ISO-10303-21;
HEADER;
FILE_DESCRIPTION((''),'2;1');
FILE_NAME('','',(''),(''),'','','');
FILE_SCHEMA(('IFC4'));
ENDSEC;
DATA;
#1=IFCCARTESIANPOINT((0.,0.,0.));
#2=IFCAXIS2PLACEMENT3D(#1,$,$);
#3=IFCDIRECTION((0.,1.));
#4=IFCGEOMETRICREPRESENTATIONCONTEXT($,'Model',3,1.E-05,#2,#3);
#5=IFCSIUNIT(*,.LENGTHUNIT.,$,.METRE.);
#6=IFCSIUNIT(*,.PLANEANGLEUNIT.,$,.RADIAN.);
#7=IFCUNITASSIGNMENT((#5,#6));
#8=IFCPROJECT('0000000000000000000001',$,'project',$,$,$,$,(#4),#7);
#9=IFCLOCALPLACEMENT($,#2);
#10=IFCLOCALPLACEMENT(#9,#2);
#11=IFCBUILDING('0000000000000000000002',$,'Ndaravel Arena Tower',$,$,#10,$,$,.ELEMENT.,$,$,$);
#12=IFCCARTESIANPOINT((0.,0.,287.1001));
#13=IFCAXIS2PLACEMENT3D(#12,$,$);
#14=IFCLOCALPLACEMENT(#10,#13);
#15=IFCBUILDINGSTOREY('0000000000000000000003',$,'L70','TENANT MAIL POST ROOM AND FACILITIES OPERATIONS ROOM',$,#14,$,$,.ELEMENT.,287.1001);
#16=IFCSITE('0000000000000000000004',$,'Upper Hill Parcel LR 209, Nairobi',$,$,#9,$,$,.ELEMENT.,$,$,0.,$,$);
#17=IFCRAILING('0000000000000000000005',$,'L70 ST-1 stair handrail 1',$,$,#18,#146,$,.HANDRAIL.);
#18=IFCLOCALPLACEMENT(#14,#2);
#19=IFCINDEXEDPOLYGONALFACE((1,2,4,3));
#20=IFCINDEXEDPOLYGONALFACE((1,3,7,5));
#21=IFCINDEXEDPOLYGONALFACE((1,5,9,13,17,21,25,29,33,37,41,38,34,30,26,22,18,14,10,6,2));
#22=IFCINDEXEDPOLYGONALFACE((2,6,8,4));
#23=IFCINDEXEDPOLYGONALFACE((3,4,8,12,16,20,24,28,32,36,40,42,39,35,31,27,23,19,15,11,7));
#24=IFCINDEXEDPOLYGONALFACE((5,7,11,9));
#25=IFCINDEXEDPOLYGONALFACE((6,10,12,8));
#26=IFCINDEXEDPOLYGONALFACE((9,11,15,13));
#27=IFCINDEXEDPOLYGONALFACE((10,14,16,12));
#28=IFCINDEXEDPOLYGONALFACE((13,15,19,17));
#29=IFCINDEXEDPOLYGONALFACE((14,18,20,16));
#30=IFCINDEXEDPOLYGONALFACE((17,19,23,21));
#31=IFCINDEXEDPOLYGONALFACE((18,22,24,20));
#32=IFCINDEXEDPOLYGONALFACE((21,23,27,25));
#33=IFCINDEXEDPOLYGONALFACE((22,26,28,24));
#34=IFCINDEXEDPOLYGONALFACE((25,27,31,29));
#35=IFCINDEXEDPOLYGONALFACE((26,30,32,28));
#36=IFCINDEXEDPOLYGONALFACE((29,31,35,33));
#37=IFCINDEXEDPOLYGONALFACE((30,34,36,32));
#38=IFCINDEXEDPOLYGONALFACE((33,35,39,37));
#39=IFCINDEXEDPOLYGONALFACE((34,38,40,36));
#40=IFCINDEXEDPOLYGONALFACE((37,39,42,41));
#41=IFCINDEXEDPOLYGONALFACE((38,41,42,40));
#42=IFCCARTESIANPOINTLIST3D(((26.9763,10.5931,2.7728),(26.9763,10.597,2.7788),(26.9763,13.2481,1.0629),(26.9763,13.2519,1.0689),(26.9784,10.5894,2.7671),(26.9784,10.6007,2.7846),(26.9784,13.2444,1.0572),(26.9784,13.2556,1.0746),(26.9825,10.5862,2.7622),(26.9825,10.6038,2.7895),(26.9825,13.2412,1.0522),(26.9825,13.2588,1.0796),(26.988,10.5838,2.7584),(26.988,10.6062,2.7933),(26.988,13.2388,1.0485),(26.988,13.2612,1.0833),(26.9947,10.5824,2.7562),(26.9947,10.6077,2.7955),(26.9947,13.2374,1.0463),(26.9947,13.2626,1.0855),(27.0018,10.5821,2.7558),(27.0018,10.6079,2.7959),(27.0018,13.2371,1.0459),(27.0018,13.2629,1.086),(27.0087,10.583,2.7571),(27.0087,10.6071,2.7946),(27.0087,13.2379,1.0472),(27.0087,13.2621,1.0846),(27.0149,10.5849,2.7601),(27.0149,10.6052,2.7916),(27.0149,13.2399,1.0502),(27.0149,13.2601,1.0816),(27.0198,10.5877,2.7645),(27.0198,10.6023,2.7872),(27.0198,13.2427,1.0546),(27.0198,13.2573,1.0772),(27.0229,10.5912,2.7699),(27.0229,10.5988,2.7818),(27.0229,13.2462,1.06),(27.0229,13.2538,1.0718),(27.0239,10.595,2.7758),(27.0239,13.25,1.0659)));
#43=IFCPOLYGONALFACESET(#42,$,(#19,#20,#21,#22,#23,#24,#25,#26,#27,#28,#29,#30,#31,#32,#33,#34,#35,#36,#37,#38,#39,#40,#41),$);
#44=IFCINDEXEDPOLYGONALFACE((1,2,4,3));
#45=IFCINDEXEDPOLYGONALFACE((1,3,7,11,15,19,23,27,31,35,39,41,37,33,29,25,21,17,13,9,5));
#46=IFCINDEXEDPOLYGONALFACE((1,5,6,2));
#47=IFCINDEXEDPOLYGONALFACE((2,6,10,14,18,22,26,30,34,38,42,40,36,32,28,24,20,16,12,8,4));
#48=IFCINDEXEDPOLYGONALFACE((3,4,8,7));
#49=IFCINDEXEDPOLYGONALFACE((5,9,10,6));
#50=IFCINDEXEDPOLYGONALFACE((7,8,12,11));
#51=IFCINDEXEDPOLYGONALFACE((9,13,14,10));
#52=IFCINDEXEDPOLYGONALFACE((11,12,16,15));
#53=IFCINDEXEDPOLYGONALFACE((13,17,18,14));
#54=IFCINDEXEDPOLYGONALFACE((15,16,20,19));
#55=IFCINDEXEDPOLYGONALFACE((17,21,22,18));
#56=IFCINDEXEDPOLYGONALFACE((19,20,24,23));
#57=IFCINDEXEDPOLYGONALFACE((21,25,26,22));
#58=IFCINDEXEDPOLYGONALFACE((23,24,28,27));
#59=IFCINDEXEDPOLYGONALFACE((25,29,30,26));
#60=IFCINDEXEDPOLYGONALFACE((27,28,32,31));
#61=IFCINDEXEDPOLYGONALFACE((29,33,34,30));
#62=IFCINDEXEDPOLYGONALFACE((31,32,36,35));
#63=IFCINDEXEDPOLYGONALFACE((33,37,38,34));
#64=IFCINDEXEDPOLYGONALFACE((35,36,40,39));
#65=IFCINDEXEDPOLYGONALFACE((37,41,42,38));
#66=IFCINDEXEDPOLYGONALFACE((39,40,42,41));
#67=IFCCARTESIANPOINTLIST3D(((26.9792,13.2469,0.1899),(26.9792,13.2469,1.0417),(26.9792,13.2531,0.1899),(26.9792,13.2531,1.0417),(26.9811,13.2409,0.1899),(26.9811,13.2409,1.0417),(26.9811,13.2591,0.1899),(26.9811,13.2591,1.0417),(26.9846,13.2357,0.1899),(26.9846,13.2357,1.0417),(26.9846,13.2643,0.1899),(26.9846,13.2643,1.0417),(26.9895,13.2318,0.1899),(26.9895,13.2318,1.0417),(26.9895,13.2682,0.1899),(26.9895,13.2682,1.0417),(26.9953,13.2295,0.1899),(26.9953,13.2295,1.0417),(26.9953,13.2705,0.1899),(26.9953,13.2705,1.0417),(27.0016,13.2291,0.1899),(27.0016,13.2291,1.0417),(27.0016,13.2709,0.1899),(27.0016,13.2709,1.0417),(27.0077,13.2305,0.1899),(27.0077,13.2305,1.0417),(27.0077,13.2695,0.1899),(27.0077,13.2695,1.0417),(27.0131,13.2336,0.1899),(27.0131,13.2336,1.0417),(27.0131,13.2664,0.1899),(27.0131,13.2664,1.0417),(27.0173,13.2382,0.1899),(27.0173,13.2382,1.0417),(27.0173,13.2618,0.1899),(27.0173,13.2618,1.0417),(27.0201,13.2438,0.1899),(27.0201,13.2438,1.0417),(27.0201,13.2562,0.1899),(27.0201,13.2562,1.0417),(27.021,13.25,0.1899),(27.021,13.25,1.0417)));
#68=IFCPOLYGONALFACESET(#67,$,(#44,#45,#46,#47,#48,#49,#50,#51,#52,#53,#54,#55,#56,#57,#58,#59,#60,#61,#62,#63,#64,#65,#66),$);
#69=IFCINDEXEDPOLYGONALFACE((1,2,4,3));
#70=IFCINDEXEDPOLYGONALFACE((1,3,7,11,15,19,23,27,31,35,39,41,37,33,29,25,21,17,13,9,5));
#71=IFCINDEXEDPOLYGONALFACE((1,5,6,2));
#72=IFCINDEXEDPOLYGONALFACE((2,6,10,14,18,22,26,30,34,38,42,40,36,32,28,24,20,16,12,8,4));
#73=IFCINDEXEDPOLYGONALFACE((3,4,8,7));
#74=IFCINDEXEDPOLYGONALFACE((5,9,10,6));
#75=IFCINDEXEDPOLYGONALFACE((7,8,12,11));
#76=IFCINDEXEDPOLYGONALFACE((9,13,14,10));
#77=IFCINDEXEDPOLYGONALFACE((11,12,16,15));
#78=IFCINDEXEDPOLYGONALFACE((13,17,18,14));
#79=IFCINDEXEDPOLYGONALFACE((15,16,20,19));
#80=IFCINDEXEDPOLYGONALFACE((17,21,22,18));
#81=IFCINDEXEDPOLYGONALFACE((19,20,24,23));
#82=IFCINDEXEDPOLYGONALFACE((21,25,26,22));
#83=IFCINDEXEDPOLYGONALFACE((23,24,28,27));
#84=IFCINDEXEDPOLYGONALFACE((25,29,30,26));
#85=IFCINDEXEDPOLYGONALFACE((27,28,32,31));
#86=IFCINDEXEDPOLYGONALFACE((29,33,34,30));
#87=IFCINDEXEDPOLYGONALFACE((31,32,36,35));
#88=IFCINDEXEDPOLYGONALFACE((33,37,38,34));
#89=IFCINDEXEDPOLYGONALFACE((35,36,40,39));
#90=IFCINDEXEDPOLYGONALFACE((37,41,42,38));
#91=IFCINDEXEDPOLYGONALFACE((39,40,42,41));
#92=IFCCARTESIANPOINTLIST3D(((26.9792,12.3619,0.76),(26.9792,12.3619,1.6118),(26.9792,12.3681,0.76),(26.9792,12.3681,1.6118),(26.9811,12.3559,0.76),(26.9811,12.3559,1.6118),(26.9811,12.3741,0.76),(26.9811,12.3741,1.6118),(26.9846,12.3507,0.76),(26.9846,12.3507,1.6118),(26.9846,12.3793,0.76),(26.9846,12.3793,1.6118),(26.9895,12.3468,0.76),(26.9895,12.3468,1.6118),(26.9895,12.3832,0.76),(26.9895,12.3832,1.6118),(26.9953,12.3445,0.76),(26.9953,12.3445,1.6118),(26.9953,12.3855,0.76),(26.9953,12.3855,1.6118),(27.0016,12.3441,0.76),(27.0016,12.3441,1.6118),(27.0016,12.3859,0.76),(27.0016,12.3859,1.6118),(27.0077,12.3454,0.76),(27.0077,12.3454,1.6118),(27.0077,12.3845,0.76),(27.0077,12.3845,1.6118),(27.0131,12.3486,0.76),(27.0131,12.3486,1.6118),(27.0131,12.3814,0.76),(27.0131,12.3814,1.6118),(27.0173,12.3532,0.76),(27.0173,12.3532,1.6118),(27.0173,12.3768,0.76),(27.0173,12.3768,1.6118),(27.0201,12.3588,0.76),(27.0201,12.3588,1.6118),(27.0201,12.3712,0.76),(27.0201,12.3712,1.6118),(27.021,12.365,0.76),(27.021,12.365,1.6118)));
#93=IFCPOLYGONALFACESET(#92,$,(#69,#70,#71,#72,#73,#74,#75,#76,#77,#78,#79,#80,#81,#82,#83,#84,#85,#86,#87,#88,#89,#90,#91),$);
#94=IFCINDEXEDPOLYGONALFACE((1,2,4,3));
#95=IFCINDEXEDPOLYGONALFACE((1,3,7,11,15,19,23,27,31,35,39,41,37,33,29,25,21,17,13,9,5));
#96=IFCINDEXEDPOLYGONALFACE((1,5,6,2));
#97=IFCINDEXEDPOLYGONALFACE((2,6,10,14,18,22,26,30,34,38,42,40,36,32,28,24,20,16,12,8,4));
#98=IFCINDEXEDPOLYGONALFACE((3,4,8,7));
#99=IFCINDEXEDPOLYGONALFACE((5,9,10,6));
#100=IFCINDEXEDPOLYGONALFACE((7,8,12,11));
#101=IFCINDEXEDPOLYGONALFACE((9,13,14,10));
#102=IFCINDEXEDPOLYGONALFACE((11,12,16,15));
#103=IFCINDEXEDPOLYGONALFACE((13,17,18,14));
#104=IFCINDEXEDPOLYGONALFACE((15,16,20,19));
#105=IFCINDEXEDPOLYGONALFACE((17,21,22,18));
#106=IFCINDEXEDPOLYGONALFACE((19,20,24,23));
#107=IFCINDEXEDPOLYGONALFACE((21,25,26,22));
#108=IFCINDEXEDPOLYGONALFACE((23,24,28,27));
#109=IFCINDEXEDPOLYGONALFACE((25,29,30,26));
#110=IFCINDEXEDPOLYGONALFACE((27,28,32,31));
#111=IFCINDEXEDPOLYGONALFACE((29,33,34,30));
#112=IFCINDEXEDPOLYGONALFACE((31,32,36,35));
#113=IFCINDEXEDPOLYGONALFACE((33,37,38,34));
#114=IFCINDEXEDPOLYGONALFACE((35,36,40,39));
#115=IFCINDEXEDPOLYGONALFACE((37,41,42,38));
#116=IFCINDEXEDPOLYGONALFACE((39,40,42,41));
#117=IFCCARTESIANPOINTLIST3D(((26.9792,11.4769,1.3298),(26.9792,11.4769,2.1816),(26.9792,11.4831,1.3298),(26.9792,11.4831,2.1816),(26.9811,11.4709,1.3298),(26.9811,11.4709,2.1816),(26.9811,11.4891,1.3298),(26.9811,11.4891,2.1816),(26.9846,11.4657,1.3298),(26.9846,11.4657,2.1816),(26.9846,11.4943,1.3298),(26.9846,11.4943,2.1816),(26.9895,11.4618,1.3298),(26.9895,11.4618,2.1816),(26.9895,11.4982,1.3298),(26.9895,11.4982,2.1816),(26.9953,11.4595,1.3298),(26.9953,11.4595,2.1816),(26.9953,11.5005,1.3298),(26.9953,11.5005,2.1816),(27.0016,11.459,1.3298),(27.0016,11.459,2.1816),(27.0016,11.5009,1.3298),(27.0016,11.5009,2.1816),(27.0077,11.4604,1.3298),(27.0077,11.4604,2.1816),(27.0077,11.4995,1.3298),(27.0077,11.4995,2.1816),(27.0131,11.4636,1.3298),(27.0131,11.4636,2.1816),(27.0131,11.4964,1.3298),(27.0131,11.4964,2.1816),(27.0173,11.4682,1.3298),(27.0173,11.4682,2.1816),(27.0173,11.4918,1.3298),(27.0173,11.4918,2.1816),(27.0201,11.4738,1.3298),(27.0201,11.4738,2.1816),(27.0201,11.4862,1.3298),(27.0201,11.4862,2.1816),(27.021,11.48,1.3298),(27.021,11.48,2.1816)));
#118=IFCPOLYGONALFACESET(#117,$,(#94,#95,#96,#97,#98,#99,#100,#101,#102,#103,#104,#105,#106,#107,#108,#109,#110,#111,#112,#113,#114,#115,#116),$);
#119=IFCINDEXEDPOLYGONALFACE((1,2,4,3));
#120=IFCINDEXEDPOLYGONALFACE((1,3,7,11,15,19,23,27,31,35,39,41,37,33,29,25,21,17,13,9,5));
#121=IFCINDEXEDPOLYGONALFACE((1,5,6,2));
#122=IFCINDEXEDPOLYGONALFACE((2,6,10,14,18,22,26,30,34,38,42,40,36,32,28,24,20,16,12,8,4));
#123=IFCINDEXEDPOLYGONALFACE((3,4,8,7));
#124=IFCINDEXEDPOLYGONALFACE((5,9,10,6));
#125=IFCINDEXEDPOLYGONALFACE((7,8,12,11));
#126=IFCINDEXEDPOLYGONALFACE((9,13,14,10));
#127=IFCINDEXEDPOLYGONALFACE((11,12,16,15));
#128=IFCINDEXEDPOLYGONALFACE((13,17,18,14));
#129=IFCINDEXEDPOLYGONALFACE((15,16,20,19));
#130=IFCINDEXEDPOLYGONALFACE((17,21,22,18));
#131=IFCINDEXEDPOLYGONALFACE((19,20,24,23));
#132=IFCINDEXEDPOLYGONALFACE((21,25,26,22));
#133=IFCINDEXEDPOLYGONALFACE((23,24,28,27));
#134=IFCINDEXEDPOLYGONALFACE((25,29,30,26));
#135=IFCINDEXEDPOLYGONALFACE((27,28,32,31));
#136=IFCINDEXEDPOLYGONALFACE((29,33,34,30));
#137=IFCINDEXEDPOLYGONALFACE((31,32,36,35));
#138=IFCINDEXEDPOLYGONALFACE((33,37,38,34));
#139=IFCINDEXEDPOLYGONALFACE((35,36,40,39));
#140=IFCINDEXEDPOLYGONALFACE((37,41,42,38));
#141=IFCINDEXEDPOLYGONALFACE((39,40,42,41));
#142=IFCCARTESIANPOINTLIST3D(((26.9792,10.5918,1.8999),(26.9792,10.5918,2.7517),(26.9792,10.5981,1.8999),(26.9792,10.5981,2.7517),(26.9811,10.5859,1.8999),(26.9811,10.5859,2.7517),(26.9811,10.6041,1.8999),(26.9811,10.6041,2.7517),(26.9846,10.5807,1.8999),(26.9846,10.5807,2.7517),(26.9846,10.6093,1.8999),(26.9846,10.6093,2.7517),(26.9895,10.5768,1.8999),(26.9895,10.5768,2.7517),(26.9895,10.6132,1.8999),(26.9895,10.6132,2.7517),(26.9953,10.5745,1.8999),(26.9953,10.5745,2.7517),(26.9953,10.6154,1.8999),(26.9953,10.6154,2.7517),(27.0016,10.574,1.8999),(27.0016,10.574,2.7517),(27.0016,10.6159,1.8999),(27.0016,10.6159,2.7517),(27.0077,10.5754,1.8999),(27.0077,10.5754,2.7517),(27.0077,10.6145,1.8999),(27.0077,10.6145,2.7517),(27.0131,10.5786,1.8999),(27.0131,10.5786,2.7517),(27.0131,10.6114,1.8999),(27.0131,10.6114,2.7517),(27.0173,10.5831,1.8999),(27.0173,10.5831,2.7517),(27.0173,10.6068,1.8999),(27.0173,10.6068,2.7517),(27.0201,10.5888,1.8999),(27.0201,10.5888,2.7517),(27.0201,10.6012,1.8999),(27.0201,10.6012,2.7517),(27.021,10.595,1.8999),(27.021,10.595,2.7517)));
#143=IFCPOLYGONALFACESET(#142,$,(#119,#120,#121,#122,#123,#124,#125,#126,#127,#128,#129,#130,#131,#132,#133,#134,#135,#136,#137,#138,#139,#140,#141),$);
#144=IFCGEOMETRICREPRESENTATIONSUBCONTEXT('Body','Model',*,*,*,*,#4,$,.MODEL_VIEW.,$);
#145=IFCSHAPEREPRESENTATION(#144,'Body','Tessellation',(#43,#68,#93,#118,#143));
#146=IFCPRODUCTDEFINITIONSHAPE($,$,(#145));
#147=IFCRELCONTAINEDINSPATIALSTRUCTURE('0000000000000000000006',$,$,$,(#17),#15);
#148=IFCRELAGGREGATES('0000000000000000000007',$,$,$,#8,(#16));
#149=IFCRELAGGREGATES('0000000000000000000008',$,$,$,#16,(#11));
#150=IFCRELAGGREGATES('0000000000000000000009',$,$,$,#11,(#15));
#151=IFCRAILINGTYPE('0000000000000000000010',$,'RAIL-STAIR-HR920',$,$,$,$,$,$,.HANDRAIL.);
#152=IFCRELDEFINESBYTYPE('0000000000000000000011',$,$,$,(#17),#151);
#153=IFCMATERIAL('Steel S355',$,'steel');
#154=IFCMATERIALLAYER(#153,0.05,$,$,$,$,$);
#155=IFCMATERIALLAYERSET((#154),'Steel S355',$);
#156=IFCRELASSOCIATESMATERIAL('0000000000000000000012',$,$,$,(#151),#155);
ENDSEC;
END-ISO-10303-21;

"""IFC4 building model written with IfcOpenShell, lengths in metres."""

from ifc_helpers import new_model, si_unit, direction, frame, origin, origin_2d, place, context, subcontext, project, spatial, circle, extrude, material, layer, layer_set, type_object, element, save


model = new_model("IFC4")

# Units and contexts
model_context = context("Model", 3, precision=1e-05, world=origin(), true_north=direction((0.0, 1.0)))
body_context = subcontext(model_context, "Body", "Model", "MODEL_VIEW")
ifc_project = project(units=[si_unit("LENGTHUNIT", "METRE"), si_unit("PLANEANGLEUNIT", "RADIAN")], contexts=[model_context])

# Site, building, storey
site_placement = place(None, origin())
site = spatial("IfcSite", under=ifc_project, at=site_placement, Name="Upper Hill Parcel LR 209, Nairobi", CompositionType="ELEMENT", RefElevation=0.0)
building_placement = place(site_placement, origin())
building = spatial("IfcBuilding", under=site, at=building_placement, Name="Ndaravel Arena Tower", CompositionType="ELEMENT")
storey_placement = place(building_placement, frame((0.0, 0.0, 287.1001)))
storey = spatial("IfcBuildingStorey", under=building, at=storey_placement, Name="L70", Description="TENANT MAIL POST ROOM AND FACILITIES OPERATIONS ROOM", CompositionType="ELEMENT", Elevation=287.1001)

# Railing
ifc_material_1 = material(Name="Steel S355", Category="steel")
ifc_layer_1 = layer(ifc_material_1, 0.05)
ifc_layer_set_1 = layer_set([ifc_layer_1], Name="Steel S355")
railing_type_1 = type_object("IfcRailingType", Name="RAIL-STAIR-HR920", PredefinedType="HANDRAIL", material=ifc_layer_set_1)
railing_1_placement = place(storey_placement, frame((27.0, 13.25, 0.1899)))
element("IfcRailing", 1, at=railing_1_placement, inside=storey, type_object=railing_type_1, Name="L70 ST-1 stair handrail 1", PredefinedType="HANDRAIL", context=body_context, shape_type="SweptSolid", body=[
    extrude(circle(Radius=0.0239, at=origin_2d()), frame((0.0, 0.0, 0.876), z_axis=(0.0, -0.840724, 0.541465), x_axis=(1.0, 0.0, 0.0)), (0.0, 0.0, 1.0), 3.158),
    extrude(circle(Radius=0.021, at=origin_2d()), origin(), (0.0, 0.0, 1.0), 0.8518),
    extrude(circle(Radius=0.021, at=origin_2d()), frame((0.0, -0.885, 0.5701)), (0.0, 0.0, 1.0), 0.8518),
    extrude(circle(Radius=0.021, at=origin_2d()), frame((0.0, -1.77, 1.1399)), (0.0, 0.0, 1.0), 0.8518),
    extrude(circle(Radius=0.021, at=origin_2d()), frame((0.0, -2.655, 1.71)), (0.0, 0.0, 1.0), 0.8518),
])

save(model, "model.ifc")
